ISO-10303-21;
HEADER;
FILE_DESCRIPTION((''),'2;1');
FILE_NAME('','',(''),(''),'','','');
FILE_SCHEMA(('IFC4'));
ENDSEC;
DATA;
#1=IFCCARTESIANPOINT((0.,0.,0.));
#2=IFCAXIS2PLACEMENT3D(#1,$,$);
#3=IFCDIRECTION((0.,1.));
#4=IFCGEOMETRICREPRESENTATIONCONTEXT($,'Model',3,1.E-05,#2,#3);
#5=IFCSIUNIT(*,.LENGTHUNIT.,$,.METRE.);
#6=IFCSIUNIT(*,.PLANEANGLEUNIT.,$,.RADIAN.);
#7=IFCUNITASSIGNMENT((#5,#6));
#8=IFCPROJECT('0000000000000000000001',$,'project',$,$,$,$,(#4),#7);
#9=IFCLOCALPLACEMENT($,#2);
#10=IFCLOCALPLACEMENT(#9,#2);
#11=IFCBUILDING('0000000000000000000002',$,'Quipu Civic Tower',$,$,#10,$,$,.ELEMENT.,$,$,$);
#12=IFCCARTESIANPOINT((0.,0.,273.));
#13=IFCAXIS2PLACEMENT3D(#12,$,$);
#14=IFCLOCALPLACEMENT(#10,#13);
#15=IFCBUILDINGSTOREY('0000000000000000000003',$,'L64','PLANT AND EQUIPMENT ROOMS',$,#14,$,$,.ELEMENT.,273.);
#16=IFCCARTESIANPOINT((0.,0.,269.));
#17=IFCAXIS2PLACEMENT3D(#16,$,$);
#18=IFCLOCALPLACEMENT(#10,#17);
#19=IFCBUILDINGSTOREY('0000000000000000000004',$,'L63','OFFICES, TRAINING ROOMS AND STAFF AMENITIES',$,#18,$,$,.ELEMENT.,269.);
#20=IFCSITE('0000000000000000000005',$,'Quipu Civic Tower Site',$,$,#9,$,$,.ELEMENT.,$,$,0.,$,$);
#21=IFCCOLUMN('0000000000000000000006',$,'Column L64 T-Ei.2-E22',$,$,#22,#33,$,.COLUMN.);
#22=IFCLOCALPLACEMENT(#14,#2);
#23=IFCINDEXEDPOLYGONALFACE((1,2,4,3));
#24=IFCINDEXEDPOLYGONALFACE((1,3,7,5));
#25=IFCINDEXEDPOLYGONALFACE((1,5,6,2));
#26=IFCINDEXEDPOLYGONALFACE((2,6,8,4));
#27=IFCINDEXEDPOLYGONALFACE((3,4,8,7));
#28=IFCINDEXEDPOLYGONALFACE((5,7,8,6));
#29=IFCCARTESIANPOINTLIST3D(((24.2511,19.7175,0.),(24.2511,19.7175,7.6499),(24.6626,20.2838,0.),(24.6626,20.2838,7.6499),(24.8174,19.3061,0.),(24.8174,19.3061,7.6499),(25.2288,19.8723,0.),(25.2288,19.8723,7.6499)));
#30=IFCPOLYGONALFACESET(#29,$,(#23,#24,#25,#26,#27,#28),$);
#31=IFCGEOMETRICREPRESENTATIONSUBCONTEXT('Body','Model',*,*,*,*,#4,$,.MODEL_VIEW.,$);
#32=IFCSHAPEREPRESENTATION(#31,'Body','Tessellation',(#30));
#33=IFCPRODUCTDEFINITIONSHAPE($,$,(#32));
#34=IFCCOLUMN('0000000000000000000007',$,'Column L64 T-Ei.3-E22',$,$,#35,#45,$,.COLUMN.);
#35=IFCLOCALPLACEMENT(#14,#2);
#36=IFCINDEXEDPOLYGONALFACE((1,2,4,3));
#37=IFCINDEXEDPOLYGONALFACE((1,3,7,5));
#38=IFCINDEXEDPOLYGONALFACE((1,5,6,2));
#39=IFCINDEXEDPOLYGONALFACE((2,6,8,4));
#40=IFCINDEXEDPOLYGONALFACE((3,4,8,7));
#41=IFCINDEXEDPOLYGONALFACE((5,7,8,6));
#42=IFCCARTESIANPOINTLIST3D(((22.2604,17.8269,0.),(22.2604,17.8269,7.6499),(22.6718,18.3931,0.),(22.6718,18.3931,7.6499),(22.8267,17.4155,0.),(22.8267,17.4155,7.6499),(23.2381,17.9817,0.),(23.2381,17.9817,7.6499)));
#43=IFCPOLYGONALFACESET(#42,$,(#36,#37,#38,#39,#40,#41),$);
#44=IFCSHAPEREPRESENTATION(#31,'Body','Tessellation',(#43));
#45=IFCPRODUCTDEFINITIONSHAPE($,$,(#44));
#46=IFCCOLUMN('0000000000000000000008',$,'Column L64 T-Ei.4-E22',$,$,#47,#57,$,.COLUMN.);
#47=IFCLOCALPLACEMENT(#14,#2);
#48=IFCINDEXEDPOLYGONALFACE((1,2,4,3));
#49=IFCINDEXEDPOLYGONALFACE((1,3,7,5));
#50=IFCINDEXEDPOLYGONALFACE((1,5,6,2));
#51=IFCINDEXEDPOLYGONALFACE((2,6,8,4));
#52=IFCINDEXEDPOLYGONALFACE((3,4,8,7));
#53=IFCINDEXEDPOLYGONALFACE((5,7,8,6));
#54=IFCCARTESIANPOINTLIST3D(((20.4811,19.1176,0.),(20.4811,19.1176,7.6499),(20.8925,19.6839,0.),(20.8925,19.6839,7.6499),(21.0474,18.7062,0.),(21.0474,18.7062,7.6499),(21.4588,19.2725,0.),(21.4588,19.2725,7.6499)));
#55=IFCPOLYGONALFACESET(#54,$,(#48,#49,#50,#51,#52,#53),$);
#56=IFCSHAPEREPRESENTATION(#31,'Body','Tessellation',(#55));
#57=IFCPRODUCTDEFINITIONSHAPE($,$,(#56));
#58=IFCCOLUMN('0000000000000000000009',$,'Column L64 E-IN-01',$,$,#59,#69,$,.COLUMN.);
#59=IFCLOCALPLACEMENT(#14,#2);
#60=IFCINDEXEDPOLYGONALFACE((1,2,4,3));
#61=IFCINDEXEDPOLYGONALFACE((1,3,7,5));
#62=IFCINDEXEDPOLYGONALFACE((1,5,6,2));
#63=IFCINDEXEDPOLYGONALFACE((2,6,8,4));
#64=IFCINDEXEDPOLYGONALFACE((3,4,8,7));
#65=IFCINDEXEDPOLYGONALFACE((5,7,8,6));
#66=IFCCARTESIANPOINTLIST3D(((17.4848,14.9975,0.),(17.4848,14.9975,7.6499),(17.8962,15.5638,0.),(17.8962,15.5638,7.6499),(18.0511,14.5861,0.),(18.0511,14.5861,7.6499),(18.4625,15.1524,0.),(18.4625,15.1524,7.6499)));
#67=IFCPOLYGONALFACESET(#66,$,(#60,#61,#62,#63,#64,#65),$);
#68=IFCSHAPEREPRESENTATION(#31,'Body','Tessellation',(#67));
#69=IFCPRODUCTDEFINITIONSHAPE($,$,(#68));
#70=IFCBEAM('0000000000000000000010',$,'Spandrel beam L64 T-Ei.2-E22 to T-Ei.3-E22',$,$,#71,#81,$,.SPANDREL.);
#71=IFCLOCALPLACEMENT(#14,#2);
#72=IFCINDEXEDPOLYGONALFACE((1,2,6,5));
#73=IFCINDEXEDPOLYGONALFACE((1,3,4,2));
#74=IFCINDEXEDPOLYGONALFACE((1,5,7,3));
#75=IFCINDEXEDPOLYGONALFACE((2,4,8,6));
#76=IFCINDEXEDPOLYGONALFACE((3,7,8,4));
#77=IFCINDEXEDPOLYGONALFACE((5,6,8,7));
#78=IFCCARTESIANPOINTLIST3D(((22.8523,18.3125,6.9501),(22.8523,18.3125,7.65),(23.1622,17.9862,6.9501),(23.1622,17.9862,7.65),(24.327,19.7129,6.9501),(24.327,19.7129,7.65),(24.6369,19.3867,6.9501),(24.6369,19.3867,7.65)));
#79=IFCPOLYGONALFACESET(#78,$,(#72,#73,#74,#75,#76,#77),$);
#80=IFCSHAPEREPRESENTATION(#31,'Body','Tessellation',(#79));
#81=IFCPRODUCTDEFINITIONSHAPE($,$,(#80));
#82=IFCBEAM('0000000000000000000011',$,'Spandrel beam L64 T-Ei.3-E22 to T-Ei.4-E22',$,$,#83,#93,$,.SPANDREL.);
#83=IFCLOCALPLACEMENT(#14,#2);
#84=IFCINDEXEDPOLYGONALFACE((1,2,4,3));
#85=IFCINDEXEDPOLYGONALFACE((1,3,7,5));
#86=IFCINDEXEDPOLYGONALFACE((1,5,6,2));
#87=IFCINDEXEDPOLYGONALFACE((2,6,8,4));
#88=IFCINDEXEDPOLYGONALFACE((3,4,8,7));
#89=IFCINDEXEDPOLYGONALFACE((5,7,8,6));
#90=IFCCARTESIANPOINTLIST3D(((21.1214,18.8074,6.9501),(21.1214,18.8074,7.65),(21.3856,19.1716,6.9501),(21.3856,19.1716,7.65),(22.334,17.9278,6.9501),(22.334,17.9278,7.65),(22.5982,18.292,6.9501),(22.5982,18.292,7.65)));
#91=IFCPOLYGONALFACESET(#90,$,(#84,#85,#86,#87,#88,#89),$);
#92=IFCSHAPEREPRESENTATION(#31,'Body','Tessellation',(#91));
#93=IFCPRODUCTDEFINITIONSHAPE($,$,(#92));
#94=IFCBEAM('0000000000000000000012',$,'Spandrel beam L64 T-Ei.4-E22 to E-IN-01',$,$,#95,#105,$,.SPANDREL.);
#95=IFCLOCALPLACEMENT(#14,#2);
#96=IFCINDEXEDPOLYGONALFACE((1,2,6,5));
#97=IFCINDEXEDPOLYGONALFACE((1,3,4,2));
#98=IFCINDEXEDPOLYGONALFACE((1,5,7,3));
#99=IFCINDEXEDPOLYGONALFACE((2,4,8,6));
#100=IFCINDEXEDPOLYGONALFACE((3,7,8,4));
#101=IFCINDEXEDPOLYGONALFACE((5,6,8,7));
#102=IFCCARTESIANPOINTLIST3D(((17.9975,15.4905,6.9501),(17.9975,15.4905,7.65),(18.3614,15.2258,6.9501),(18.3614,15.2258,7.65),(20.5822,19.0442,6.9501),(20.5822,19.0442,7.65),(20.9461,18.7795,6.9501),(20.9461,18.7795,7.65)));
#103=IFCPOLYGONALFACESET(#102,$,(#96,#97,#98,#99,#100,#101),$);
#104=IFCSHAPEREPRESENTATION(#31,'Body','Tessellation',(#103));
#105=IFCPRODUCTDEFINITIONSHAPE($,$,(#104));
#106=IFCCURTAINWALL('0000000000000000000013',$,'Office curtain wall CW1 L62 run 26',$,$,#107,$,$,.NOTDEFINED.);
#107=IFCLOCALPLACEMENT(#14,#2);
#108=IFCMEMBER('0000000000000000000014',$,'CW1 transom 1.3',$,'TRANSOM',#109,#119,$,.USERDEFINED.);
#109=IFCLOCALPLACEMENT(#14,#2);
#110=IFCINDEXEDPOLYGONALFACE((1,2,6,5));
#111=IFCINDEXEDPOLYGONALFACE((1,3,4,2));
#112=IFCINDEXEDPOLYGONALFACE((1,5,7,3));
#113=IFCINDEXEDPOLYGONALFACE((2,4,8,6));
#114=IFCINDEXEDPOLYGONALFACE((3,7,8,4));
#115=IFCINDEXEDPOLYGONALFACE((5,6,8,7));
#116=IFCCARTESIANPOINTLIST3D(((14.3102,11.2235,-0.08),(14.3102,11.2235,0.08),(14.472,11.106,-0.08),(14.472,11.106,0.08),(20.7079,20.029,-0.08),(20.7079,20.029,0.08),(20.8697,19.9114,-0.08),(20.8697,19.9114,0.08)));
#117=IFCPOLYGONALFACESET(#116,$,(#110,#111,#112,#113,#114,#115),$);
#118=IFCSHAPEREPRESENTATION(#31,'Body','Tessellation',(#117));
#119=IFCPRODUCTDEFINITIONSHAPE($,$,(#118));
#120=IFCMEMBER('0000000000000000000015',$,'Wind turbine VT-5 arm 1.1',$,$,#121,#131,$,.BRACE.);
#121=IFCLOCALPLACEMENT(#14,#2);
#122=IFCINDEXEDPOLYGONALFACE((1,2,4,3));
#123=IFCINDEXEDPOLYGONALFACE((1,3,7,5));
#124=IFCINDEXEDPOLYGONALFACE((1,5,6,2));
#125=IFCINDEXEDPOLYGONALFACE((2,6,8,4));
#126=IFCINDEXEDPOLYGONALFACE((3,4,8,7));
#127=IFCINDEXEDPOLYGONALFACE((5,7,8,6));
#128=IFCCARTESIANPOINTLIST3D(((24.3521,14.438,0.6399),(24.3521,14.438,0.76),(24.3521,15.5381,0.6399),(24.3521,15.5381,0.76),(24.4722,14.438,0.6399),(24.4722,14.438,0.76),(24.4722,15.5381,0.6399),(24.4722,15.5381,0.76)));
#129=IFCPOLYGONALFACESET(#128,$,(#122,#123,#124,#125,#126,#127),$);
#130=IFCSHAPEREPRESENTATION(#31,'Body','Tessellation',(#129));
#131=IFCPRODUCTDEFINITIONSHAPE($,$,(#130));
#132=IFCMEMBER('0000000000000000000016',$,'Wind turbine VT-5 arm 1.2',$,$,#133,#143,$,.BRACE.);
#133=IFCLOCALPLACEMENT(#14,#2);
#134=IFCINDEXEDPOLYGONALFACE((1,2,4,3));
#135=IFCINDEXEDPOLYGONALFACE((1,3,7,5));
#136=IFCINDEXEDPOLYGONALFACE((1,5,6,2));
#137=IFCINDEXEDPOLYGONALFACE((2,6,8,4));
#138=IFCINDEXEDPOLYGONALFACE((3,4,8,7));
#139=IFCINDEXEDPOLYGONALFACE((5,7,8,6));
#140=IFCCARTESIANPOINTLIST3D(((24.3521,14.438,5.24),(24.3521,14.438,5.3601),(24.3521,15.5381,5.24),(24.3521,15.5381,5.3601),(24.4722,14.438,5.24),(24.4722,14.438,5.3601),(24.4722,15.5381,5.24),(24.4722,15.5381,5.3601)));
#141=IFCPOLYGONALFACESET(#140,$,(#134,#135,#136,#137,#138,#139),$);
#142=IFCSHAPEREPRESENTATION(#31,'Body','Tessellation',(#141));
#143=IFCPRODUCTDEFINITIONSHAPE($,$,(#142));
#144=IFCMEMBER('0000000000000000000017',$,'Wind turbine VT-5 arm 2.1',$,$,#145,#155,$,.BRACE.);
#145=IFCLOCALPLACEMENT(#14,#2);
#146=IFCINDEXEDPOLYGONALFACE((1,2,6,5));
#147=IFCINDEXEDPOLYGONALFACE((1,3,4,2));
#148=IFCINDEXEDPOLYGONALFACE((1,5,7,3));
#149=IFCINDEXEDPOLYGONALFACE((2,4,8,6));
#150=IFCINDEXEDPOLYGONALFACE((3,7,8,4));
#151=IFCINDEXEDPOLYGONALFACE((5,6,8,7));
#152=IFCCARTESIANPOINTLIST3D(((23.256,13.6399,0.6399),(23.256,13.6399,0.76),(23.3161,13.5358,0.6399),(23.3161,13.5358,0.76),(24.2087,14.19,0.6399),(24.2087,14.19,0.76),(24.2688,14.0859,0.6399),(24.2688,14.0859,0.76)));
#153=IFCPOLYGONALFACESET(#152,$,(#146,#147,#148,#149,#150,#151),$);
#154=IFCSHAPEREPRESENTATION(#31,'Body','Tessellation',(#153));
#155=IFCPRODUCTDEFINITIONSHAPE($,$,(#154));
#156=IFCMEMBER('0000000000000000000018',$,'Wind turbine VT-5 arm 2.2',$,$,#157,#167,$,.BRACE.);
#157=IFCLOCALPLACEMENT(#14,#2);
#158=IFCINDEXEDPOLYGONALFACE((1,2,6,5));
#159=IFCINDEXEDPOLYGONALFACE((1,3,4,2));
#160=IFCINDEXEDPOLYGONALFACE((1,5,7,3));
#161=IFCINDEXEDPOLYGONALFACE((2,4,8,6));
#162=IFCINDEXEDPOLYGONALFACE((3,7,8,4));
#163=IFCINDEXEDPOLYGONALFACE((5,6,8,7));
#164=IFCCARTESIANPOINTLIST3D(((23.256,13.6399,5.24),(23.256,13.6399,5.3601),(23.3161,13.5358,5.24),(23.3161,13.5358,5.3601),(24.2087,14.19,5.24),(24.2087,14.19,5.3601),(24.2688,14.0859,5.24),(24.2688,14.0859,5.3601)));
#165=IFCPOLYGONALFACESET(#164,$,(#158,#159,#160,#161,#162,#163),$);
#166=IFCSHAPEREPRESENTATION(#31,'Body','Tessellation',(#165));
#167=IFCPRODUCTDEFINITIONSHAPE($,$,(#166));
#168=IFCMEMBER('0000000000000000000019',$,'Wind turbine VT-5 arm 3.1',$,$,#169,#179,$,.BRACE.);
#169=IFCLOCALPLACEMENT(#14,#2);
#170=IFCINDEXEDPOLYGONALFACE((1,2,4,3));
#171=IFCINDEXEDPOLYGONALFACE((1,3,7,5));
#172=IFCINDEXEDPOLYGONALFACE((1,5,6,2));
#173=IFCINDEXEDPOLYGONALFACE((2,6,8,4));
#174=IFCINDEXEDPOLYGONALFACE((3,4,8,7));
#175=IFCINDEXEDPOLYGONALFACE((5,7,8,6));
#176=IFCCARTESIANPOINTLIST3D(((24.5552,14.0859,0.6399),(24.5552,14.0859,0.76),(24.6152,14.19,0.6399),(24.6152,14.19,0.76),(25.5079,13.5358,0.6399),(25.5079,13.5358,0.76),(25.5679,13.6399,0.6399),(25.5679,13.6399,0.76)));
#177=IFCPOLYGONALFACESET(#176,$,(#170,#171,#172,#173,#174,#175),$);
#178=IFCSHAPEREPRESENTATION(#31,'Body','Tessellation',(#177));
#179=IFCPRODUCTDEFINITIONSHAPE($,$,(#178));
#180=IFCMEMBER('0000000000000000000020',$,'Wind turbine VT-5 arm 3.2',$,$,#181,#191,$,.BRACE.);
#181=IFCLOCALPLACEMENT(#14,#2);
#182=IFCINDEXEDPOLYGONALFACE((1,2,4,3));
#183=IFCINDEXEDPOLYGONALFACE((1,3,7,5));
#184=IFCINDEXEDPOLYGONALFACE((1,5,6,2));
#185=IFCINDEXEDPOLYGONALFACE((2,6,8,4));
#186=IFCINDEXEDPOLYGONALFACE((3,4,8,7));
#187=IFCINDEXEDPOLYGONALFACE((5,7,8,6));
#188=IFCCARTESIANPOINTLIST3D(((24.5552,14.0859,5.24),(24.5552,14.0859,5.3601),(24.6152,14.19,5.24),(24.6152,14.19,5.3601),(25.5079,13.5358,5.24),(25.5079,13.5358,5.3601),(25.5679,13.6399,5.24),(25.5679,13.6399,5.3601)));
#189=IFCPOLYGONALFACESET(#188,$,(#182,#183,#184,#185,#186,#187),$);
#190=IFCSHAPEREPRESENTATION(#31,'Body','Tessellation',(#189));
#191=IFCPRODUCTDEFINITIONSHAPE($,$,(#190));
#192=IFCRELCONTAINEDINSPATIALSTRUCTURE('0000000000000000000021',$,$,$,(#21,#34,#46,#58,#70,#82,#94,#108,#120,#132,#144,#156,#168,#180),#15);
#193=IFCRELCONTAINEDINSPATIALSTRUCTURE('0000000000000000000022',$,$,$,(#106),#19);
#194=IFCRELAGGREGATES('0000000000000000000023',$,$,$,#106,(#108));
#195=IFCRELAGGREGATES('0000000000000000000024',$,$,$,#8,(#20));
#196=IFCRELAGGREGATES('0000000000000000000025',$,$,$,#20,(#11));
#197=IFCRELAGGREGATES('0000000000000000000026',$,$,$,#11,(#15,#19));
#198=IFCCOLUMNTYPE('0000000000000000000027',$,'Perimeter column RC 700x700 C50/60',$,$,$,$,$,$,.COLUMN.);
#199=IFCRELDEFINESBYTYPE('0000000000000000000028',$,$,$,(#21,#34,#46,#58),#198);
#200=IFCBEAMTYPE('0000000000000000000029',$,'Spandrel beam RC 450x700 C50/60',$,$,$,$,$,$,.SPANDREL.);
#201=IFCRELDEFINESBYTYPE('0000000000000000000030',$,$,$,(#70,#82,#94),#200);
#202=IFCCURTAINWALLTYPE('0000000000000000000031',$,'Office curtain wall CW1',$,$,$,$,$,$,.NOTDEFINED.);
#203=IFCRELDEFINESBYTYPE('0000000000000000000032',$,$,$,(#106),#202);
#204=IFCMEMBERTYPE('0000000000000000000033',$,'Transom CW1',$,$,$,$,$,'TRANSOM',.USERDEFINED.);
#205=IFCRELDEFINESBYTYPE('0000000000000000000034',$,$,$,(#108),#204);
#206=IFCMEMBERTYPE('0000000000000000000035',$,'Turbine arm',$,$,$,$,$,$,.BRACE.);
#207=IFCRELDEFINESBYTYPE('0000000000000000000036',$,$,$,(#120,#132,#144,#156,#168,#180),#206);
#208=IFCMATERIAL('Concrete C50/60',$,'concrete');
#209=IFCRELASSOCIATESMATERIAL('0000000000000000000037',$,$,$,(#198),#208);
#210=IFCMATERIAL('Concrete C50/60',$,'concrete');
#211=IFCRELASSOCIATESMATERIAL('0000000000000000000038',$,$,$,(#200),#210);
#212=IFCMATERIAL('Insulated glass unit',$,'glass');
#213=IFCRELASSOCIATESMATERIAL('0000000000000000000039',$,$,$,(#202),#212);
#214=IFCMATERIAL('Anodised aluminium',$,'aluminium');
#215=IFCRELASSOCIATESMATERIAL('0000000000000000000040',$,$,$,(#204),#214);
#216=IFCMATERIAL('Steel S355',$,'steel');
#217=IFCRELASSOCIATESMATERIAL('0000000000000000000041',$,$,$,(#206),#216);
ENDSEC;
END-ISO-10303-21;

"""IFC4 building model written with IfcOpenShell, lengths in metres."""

from ifc_helpers import new_model, si_unit, direction, frame, origin, origin_2d, place, context, subcontext, project, spatial, rectangle, extrude, material, material_profile, profile_set, type_object, element, aggregate, save


model = new_model("IFC4")

# Units and contexts
model_context = context("Model", 3, precision=1e-05, world=origin(), true_north=direction((0.0, 1.0)))
body_context = subcontext(model_context, "Body", "Model", "MODEL_VIEW")
ifc_project = project(units=[si_unit("LENGTHUNIT", "METRE"), si_unit("PLANEANGLEUNIT", "RADIAN")], contexts=[model_context])

# Site, building, storey
site_placement = place(None, origin())
site = spatial("IfcSite", under=ifc_project, at=site_placement, Name="Quipu Civic Tower Site", CompositionType="ELEMENT", RefElevation=0.0)
building_placement = place(site_placement, origin())
building = spatial("IfcBuilding", under=site, at=building_placement, Name="Quipu Civic Tower", CompositionType="ELEMENT")
storey_1_placement = place(building_placement, frame((0.0, 0.0, 273.0)))
storey_1 = spatial("IfcBuildingStorey", under=building, at=storey_1_placement, Name="L64", Description="PLANT AND EQUIPMENT ROOMS", CompositionType="ELEMENT", Elevation=273.0)

# Columns
ifc_material_1 = material(Name="Concrete C50/60", Category="concrete")
ifc_material_profile_1 = material_profile(ifc_material_1, rectangle(XDim=0.7, YDim=0.7, at=origin_2d()), Name="RC700x700")
ifc_profile_set_1 = profile_set([ifc_material_profile_1], Name="Concrete C50/60")
column_type = type_object("IfcColumnType", Name="Perimeter column RC 700x700 C50/60", PredefinedType="COLUMN", material=ifc_profile_set_1)
for number, where, z_axis, x_axis, name in (
    (1, (24.74, 19.7949, 0.0), (0.0, 0.0, 1.0), (-0.587785, -0.809017, 0.0), "Column L64 T-Ei.2-E22"),
    (2, (22.7493, 17.9043, 0.0), (0.0, 0.0, 1.0), (-0.587785, -0.809017, 0.0), "Column L64 T-Ei.3-E22"),
    (3, (20.97, 19.1951, 0.0), (0.0, 0.0, 1.0), (-0.587785, -0.809017, 0.0), "Column L64 T-Ei.4-E22"),
    (4, (17.9736, 15.075, 0.0), (0.0, 0.0, 1.0), (-0.587785, -0.809017, 0.0), "Column L64 E-IN-01"),
):
    element("IfcColumn", number, at=place(storey_1_placement, frame(where, z_axis=z_axis, x_axis=x_axis)), inside=storey_1, type_object=column_type, Name=name, PredefinedType="COLUMN", context=body_context, shape_type="SweptSolid", body=[
        extrude(rectangle(XDim=0.7, YDim=0.7, at=origin_2d()), origin(), (0.0, 0.0, 1.0), 7.6499),
    ])

# Beams
ifc_material_2 = material(Name="Concrete C50/60", Category="concrete")
ifc_material_profile_2 = material_profile(ifc_material_2, rectangle(XDim=0.45, YDim=0.7, at=origin_2d()), Name="RC450x700")
ifc_profile_set_2 = profile_set([ifc_material_profile_2], Name="Concrete C50/60")
beam_type = type_object("IfcBeamType", Name="Spandrel beam RC 450x700 C50/60", PredefinedType="SPANDREL", material=ifc_profile_set_2)
beam_1_placement = place(storey_1_placement, frame((24.4819, 19.5498, 7.3), z_axis=(-0.725119, -0.688623, 0.0), x_axis=(0.688623, -0.725119, 0.0)))
element("IfcBeam", 5, at=beam_1_placement, inside=storey_1, type_object=beam_type, Name="Spandrel beam L64 T-Ei.2-E22 to T-Ei.3-E22", PredefinedType="SPANDREL", context=body_context, shape_type="SweptSolid", body=[
    extrude(rectangle(XDim=0.45, YDim=0.7, at=origin_2d()), origin(), (0.0, 0.0, 1.0), 2.0337),
])
beam_2_placement = place(storey_1_placement, frame((22.4661, 18.1099, 7.3), z_axis=(-0.809461, 0.587173, 0.0), x_axis=(-0.587173, -0.809461, 0.0)))
element("IfcBeam", 6, at=beam_2_placement, inside=storey_1, type_object=beam_type, Name="Spandrel beam L64 T-Ei.3-E22 to T-Ei.4-E22", PredefinedType="SPANDREL", context=body_context, shape_type="SweptSolid", body=[
    extrude(rectangle(XDim=0.45, YDim=0.7, at=origin_2d()), origin(), (0.0, 0.0, 1.0), 1.498),
])
beam_3_placement = place(storey_1_placement, frame((20.7642, 18.9119, 7.3), z_axis=(-0.588201, -0.808714, 0.0), x_axis=(0.808714, -0.588201, 0.0)))
element("IfcBeam", 7, at=beam_3_placement, inside=storey_1, type_object=beam_type, Name="Spandrel beam L64 T-Ei.4-E22 to E-IN-01", PredefinedType="SPANDREL", context=body_context, shape_type="SweptSolid", body=[
    extrude(rectangle(XDim=0.45, YDim=0.7, at=origin_2d()), origin(), (0.0, 0.0, 1.0), 4.3943),
])

# Shared definitions
storey_2_placement = place(building_placement, frame((0.0, 0.0, 269.0)))
storey_2 = spatial("IfcBuildingStorey", under=building, at=storey_2_placement, Name="L63", Description="OFFICES, TRAINING ROOMS AND STAFF AMENITIES", CompositionType="ELEMENT", Elevation=269.0)

# Curtain wall, member
ifc_material_3 = material(Name="Insulated glass unit", Category="glass")
curtain_wall_type = type_object("IfcCurtainWallType", Name="Office curtain wall CW1", PredefinedType="NOTDEFINED", material=ifc_material_3)
curtain_wall_placement = place(storey_2_placement, origin())
curtain_wall = element("IfcCurtainWall", 8, at=curtain_wall_placement, inside=storey_2, type_object=curtain_wall_type, Name="Office curtain wall CW1 L62 run 26", PredefinedType="NOTDEFINED")
ifc_material_4 = material(Name="Anodised aluminium", Category="aluminium")
ifc_material_profile_3 = material_profile(ifc_material_4, rectangle(XDim=0.2, YDim=0.1599, at=origin_2d()), Name="RECT 200x160")
ifc_profile_set_3 = profile_set([ifc_material_profile_3], Name="Anodised aluminium")
member_type_1 = type_object("IfcMemberType", Name="Transom CW1", ElementType="TRANSOM", PredefinedType="USERDEFINED", material=ifc_profile_set_3)
member_1_placement = place(storey_1_placement, frame((20.7888, 19.9702, 0.0), z_axis=(-0.587797, -0.809009, 0.0), x_axis=(0.809009, -0.587797, 0.0)))
member_1 = element("IfcMember", 9, at=member_1_placement, inside=storey_1, type_object=member_type_1, Name="CW1 transom 1.3", ObjectType="TRANSOM", PredefinedType="USERDEFINED", context=body_context, shape_type="SweptSolid", body=[
    extrude(rectangle(XDim=0.2, YDim=0.1599, at=origin_2d()), origin(), (0.0, 0.0, 1.0), 10.8843),
])
aggregate(curtain_wall, [member_1])

# Members
ifc_material_5 = material(Name="Steel S355", Category="steel")
ifc_material_profile_4 = material_profile(ifc_material_5, rectangle(XDim=0.1201, YDim=0.1201, at=origin_2d()), Name="RECT 120x120")
ifc_profile_set_4 = profile_set([ifc_material_profile_4], Name="Steel S355")
member_type_2 = type_object("IfcMemberType", Name="Turbine arm", PredefinedType="BRACE", material=ifc_profile_set_4)
for number, where, z_axis, x_axis, name in (
    (10, (24.4121, 14.438, 0.7), (0.0, 1.0, 0.0), (-1.0, 0.0, 0.0), "Wind turbine VT-5 arm 1.1"),
    (11, (24.4121, 14.438, 5.3), (0.0, 1.0, 0.0), (-1.0, 0.0, 0.0), "Wind turbine VT-5 arm 1.2"),
    (12, (24.2388, 14.1379, 0.7), (-0.866008, -0.50003, 0.0), (0.50003, -0.866008, 0.0), "Wind turbine VT-5 arm 2.1"),
    (13, (24.2388, 14.1379, 5.3), (-0.866008, -0.50003, 0.0), (0.50003, -0.866008, 0.0), "Wind turbine VT-5 arm 2.2"),
    (14, (24.5852, 14.1379, 0.7), (0.866008, -0.50003, 0.0), (0.50003, 0.866008, 0.0), "Wind turbine VT-5 arm 3.1"),
    (15, (24.5852, 14.1379, 5.3), (0.866008, -0.50003, 0.0), (0.50003, 0.866008, 0.0), "Wind turbine VT-5 arm 3.2"),
):
    element("IfcMember", number, at=place(storey_1_placement, frame(where, z_axis=z_axis, x_axis=x_axis)), inside=storey_1, type_object=member_type_2, Name=name, PredefinedType="BRACE", context=body_context, shape_type="SweptSolid", body=[
        extrude(rectangle(XDim=0.1201, YDim=0.1201, at=origin_2d()), origin(), (0.0, 0.0, 1.0), 1.1001),
    ])

save(model, "model.ifc")
